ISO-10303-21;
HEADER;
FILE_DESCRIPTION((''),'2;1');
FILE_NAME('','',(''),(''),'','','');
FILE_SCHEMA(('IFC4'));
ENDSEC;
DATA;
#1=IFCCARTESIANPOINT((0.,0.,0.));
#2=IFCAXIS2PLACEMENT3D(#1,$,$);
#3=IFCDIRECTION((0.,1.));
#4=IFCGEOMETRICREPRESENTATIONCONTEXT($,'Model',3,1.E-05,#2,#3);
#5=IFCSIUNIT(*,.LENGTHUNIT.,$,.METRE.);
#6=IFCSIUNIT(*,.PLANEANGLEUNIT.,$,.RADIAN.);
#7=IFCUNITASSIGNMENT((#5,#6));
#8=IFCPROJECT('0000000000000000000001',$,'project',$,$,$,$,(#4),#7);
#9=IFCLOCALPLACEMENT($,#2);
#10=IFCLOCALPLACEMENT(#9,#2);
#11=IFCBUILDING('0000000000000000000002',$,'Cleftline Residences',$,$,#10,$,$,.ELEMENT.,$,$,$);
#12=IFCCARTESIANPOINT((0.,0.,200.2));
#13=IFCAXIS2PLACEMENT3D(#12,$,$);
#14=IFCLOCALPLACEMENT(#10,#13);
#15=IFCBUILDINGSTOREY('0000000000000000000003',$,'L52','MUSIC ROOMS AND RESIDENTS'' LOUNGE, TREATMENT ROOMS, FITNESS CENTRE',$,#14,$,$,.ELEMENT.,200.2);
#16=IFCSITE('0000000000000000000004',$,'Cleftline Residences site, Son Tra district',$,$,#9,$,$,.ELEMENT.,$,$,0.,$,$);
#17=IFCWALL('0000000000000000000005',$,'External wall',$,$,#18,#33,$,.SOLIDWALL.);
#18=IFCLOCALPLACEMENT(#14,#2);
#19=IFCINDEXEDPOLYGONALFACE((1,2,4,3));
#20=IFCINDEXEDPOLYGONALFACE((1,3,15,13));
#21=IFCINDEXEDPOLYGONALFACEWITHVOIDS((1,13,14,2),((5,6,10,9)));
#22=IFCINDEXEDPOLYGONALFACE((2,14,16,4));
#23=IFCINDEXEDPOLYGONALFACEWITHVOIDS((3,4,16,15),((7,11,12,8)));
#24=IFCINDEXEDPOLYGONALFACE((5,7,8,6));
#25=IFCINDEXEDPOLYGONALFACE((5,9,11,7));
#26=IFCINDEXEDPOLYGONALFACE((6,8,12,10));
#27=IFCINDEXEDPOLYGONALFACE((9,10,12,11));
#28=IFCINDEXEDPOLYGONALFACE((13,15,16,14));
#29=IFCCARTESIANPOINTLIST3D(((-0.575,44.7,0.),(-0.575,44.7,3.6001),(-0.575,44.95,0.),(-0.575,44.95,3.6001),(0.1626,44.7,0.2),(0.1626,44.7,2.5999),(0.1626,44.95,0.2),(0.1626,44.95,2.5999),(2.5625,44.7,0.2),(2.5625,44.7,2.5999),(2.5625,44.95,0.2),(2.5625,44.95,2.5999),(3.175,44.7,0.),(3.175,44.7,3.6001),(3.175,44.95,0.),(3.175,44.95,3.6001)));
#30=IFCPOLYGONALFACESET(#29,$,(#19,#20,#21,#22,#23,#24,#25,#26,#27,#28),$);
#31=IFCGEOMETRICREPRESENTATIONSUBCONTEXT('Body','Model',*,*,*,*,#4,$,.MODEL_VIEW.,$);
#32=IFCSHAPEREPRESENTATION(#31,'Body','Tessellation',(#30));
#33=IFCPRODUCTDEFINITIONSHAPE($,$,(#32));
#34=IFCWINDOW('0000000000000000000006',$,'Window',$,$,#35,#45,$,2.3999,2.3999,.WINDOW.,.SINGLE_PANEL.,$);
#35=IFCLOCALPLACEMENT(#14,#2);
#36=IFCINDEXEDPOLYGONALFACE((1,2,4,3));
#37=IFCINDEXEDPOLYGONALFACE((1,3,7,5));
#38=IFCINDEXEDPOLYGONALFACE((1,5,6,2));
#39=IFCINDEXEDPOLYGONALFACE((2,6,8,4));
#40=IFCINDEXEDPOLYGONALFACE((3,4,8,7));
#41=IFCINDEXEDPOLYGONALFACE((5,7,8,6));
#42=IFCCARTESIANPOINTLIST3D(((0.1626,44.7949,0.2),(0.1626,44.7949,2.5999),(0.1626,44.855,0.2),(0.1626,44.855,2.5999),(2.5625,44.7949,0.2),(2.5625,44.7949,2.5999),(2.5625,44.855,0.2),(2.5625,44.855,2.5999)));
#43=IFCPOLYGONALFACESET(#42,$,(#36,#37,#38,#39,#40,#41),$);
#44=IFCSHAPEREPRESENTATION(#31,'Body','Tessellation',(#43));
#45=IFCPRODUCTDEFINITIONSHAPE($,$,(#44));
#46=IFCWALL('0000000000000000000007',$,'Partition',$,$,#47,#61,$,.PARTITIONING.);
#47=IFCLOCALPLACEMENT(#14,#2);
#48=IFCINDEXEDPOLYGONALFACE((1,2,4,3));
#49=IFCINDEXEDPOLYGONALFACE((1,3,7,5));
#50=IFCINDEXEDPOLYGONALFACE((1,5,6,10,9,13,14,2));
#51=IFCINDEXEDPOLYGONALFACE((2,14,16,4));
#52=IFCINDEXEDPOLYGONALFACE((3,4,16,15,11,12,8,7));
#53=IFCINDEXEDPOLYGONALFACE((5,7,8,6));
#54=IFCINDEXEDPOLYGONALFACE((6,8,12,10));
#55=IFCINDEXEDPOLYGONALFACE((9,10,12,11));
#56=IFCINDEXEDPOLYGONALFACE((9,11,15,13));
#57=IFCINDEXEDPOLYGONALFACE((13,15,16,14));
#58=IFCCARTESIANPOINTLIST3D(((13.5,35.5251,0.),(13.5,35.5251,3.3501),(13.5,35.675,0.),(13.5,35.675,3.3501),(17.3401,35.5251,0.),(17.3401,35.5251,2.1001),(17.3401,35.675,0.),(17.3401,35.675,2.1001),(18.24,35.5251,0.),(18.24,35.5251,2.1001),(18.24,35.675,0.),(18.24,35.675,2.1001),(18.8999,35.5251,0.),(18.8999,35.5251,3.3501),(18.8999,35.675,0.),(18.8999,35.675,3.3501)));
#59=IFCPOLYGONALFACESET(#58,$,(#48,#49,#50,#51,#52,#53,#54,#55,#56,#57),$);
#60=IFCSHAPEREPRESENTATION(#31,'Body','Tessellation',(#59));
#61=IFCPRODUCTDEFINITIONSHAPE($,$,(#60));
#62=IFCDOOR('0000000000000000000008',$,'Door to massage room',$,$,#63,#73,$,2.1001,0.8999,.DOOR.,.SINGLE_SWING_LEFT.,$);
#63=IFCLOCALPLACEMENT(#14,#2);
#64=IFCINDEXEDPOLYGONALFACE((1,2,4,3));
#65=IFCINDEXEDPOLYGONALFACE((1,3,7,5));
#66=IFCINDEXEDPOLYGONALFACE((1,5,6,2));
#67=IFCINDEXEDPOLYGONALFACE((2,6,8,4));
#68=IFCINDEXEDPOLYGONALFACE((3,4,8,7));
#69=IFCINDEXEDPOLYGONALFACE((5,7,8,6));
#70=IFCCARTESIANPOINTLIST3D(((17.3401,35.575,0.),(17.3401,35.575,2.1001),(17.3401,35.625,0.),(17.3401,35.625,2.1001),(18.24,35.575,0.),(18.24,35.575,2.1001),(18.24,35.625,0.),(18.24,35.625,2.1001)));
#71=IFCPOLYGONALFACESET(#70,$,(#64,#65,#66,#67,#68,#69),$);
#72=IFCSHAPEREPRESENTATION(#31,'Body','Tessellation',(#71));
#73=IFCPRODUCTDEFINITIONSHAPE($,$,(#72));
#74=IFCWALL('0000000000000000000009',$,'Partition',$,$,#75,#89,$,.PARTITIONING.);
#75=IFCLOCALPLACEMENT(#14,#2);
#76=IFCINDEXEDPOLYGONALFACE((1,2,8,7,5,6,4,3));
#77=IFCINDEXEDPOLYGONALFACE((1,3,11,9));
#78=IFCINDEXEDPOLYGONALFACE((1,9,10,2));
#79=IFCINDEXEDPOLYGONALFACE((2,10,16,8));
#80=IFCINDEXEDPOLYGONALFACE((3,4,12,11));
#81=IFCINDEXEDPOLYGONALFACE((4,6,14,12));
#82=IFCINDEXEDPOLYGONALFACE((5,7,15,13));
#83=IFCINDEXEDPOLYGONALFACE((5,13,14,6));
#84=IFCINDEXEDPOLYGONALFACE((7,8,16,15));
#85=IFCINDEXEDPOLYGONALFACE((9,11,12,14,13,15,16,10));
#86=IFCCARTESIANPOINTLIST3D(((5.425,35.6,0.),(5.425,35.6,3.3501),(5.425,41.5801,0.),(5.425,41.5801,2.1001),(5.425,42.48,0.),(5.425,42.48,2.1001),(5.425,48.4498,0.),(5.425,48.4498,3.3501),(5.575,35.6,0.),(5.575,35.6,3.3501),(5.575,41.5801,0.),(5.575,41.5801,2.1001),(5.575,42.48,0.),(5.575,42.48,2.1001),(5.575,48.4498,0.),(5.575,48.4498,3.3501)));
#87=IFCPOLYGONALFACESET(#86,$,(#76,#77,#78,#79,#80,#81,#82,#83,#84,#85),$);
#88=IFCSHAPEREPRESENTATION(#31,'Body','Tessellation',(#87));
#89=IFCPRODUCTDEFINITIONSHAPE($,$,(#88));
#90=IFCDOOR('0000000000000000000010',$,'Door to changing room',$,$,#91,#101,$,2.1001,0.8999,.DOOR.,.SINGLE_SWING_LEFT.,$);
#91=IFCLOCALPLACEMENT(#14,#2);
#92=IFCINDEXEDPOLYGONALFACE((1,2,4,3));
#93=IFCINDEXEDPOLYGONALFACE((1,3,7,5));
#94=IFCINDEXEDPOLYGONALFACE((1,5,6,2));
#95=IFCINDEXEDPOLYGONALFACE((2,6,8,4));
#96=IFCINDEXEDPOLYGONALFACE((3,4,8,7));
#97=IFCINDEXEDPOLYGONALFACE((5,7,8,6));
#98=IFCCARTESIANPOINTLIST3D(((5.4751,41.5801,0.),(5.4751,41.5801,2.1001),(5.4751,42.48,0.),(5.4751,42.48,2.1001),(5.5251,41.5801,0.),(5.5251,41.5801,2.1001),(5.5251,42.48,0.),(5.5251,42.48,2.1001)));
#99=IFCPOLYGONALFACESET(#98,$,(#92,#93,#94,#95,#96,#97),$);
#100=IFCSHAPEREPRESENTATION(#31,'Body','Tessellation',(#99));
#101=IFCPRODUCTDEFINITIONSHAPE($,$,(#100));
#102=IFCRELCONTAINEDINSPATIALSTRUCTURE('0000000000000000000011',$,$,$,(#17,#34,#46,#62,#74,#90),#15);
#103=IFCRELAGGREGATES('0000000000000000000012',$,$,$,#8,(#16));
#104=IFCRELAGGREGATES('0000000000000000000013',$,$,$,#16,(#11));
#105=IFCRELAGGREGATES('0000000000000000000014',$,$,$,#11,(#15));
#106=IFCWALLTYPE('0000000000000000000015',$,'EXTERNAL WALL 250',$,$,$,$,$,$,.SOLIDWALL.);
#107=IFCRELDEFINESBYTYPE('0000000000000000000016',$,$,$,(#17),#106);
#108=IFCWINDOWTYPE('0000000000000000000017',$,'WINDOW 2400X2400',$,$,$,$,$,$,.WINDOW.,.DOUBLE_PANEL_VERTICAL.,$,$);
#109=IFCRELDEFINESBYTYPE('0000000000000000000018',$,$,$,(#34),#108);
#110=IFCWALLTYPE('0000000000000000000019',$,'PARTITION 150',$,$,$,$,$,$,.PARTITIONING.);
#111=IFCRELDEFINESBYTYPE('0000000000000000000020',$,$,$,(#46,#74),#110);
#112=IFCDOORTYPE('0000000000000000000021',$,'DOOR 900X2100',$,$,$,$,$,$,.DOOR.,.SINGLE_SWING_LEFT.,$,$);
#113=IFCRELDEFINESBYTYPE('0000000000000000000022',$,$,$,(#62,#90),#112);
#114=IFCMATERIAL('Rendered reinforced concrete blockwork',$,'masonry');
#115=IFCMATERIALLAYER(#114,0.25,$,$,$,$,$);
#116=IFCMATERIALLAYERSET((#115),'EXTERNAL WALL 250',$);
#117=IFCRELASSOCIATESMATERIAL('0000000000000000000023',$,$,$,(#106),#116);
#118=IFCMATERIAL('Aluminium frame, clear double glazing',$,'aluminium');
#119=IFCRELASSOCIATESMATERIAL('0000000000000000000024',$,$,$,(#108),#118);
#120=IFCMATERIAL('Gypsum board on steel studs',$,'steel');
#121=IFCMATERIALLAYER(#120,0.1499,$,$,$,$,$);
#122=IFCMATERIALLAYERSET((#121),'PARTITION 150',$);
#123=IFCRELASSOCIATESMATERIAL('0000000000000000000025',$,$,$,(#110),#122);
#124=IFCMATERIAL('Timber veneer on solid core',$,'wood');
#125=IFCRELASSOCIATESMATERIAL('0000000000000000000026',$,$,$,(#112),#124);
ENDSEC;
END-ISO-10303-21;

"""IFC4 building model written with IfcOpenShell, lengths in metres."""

from ifc_helpers import new_model, si_unit, direction, frame, frame_2d, origin, place, context, subcontext, project, spatial, rectangle, extrude, material, layer, layer_set, type_object, element, fill, save


model = new_model("IFC4")

# Units and contexts
model_context = context("Model", 3, precision=1e-05, world=origin(), true_north=direction((0.0, 1.0)))
body_context = subcontext(model_context, "Body", "Model", "MODEL_VIEW")
ifc_project = project(units=[si_unit("LENGTHUNIT", "METRE"), si_unit("PLANEANGLEUNIT", "RADIAN")], contexts=[model_context])

# Site, building, storey
site_placement = place(None, origin())
site = spatial("IfcSite", under=ifc_project, at=site_placement, Name="Cleftline Residences site, Son Tra district", CompositionType="ELEMENT", RefElevation=0.0)
building_placement = place(site_placement, origin())
building = spatial("IfcBuilding", under=site, at=building_placement, Name="Cleftline Residences", CompositionType="ELEMENT")
storey_placement = place(building_placement, frame((0.0, 0.0, 200.2)))
storey = spatial("IfcBuildingStorey", under=building, at=storey_placement, Name="L52", Description="MUSIC ROOMS AND RESIDENTS' LOUNGE, TREATMENT ROOMS, FITNESS CENTRE", CompositionType="ELEMENT", Elevation=200.2)

# Wall, opening, window
ifc_material_1 = material(Name="Rendered reinforced concrete blockwork", Category="masonry")
ifc_layer_1 = layer(ifc_material_1, 0.25)
ifc_layer_set_1 = layer_set([ifc_layer_1], Name="EXTERNAL WALL 250")
wall_type_1 = type_object("IfcWallType", Name="EXTERNAL WALL 250", PredefinedType="SOLIDWALL", material=ifc_layer_set_1)
ifc_material_2 = material(Name="Aluminium frame, clear double glazing", Category="aluminium")
window_type = type_object("IfcWindowType", Name="WINDOW 2400X2400", PartitioningType="DOUBLE_PANEL_VERTICAL", PredefinedType="WINDOW", material=ifc_material_2)
wall_1_placement = place(storey_placement, frame((3.175, 44.825, 0.0), z_axis=(0.0, 0.0, 1.0), x_axis=(-1.0, 0.0, 0.0)))
wall_1 = element("IfcWall", 1, at=wall_1_placement, inside=storey, type_object=wall_type_1, Name="External wall", PredefinedType="SOLIDWALL", context=body_context, shape_type="SweptSolid", body=[
    extrude(rectangle(XDim=3.75, YDim=0.25, at=frame_2d((1.875, 0.0))), origin(), (0.0, 0.0, 1.0), 3.6001),
])
opening_1_placement = place(wall_1_placement, frame((0.6125, 0.0, 0.2)))
opening_1 = element("IfcOpeningElement", 2, at=opening_1_placement, cuts=wall_1, PredefinedType="OPENING", context=body_context, shape_type="SweptSolid", body=[
    extrude(rectangle(XDim=2.3999, YDim=2.3999, at=frame_2d((1.2, 1.2))), frame((0.0, 0.135, 0.0), z_axis=(0.0, -1.0, 0.0), x_axis=(1.0, 0.0, 0.0)), (0.0, 0.0, 1.0), 0.27),
])
window_1_placement = place(opening_1_placement, origin())
window_1 = element("IfcWindow", 3, at=window_1_placement, inside=storey, type_object=window_type, Name="Window", OverallHeight=2.3999, OverallWidth=2.3999, PartitioningType="SINGLE_PANEL", PredefinedType="WINDOW", context=body_context, shape_type="SweptSolid", body=[
    extrude(rectangle(XDim=2.3999, YDim=2.3999, at=frame_2d((1.2, 1.2))), frame((0.0, 0.03, 0.0), z_axis=(0.0, -1.0, 0.0), x_axis=(1.0, 0.0, 0.0)), (0.0, 0.0, 1.0), 0.0601),
])
fill(opening_1, window_1)

# Walls, openings, doors
ifc_material_3 = material(Name="Gypsum board on steel studs", Category="steel")
ifc_layer_2 = layer(ifc_material_3, 0.1499)
ifc_layer_set_2 = layer_set([ifc_layer_2], Name="PARTITION 150")
wall_type_2 = type_object("IfcWallType", Name="PARTITION 150", PredefinedType="PARTITIONING", material=ifc_layer_set_2)
wall_2_placement = place(storey_placement, frame((13.5, 35.6001, 0.0), z_axis=(0.0, 0.0, 1.0), x_axis=(1.0, 0.0, 0.0)))
wall_2 = element("IfcWall", 4, at=wall_2_placement, inside=storey, type_object=wall_type_2, Name="Partition", PredefinedType="PARTITIONING", context=body_context, shape_type="SweptSolid", body=[
    extrude(rectangle(XDim=5.3999, YDim=0.1499, at=frame_2d((2.7, 0.0))), origin(), (0.0, 0.0, 1.0), 3.3501),
])
opening_2_placement = place(wall_2_placement, frame((3.8401, 0.0, 0.0)))
opening_2 = element("IfcOpeningElement", 5, at=opening_2_placement, cuts=wall_2, PredefinedType="OPENING", context=body_context, shape_type="SweptSolid", body=[
    extrude(rectangle(XDim=0.8999, YDim=2.1001, at=frame_2d((0.45, 1.05))), frame((0.0, 0.085, 0.0), z_axis=(0.0, -1.0, 0.0), x_axis=(1.0, 0.0, 0.0)), (0.0, 0.0, 1.0), 0.1699),
])
ifc_material_4 = material(Name="Timber veneer on solid core", Category="wood")
door_type = type_object("IfcDoorType", Name="DOOR 900X2100", OperationType="SINGLE_SWING_LEFT", PredefinedType="DOOR", material=ifc_material_4)
door_1_placement = place(opening_2_placement, origin())
door_1 = element("IfcDoor", 6, at=door_1_placement, inside=storey, type_object=door_type, Name="Door to massage room", OperationType="SINGLE_SWING_LEFT", OverallHeight=2.1001, OverallWidth=0.8999, PredefinedType="DOOR", context=body_context, shape_type="SweptSolid", body=[
    extrude(rectangle(XDim=0.8999, YDim=2.1001, at=frame_2d((0.45, 1.05))), frame((0.0, 0.0249, 0.0), z_axis=(0.0, -1.0, 0.0), x_axis=(1.0, 0.0, 0.0)), (0.0, 0.0, 1.0), 0.05),
])
fill(opening_2, door_1)
wall_3_placement = place(storey_placement, frame((5.5, 35.6001, 0.0), z_axis=(0.0, 0.0, 1.0), x_axis=(0.0, 1.0, 0.0)))
wall_3 = element("IfcWall", 7, at=wall_3_placement, inside=storey, type_object=wall_type_2, Name="Partition", PredefinedType="PARTITIONING", context=body_context, shape_type="SweptSolid", body=[
    extrude(rectangle(XDim=12.8499, YDim=0.1499, at=frame_2d((6.4248, 0.0))), origin(), (0.0, 0.0, 1.0), 3.3501),
])
opening_3_placement = place(wall_3_placement, frame((5.98, 0.0, 0.0)))
opening_3 = element("IfcOpeningElement", 8, at=opening_3_placement, cuts=wall_3, PredefinedType="OPENING", context=body_context, shape_type="SweptSolid", body=[
    extrude(rectangle(XDim=0.8999, YDim=2.1001, at=frame_2d((0.45, 1.05))), frame((0.0, 0.085, 0.0), z_axis=(0.0, -1.0, 0.0), x_axis=(1.0, 0.0, 0.0)), (0.0, 0.0, 1.0), 0.1699),
])
door_2_placement = place(opening_3_placement, origin())
door_2 = element("IfcDoor", 9, at=door_2_placement, inside=storey, type_object=door_type, Name="Door to changing room", OperationType="SINGLE_SWING_LEFT", OverallHeight=2.1001, OverallWidth=0.8999, PredefinedType="DOOR", context=body_context, shape_type="SweptSolid", body=[
    extrude(rectangle(XDim=0.8999, YDim=2.1001, at=frame_2d((0.45, 1.05))), frame((0.0, 0.0249, 0.0), z_axis=(0.0, -1.0, 0.0), x_axis=(1.0, 0.0, 0.0)), (0.0, 0.0, 1.0), 0.05),
])
fill(opening_3, door_2)

save(model, "model.ifc")
